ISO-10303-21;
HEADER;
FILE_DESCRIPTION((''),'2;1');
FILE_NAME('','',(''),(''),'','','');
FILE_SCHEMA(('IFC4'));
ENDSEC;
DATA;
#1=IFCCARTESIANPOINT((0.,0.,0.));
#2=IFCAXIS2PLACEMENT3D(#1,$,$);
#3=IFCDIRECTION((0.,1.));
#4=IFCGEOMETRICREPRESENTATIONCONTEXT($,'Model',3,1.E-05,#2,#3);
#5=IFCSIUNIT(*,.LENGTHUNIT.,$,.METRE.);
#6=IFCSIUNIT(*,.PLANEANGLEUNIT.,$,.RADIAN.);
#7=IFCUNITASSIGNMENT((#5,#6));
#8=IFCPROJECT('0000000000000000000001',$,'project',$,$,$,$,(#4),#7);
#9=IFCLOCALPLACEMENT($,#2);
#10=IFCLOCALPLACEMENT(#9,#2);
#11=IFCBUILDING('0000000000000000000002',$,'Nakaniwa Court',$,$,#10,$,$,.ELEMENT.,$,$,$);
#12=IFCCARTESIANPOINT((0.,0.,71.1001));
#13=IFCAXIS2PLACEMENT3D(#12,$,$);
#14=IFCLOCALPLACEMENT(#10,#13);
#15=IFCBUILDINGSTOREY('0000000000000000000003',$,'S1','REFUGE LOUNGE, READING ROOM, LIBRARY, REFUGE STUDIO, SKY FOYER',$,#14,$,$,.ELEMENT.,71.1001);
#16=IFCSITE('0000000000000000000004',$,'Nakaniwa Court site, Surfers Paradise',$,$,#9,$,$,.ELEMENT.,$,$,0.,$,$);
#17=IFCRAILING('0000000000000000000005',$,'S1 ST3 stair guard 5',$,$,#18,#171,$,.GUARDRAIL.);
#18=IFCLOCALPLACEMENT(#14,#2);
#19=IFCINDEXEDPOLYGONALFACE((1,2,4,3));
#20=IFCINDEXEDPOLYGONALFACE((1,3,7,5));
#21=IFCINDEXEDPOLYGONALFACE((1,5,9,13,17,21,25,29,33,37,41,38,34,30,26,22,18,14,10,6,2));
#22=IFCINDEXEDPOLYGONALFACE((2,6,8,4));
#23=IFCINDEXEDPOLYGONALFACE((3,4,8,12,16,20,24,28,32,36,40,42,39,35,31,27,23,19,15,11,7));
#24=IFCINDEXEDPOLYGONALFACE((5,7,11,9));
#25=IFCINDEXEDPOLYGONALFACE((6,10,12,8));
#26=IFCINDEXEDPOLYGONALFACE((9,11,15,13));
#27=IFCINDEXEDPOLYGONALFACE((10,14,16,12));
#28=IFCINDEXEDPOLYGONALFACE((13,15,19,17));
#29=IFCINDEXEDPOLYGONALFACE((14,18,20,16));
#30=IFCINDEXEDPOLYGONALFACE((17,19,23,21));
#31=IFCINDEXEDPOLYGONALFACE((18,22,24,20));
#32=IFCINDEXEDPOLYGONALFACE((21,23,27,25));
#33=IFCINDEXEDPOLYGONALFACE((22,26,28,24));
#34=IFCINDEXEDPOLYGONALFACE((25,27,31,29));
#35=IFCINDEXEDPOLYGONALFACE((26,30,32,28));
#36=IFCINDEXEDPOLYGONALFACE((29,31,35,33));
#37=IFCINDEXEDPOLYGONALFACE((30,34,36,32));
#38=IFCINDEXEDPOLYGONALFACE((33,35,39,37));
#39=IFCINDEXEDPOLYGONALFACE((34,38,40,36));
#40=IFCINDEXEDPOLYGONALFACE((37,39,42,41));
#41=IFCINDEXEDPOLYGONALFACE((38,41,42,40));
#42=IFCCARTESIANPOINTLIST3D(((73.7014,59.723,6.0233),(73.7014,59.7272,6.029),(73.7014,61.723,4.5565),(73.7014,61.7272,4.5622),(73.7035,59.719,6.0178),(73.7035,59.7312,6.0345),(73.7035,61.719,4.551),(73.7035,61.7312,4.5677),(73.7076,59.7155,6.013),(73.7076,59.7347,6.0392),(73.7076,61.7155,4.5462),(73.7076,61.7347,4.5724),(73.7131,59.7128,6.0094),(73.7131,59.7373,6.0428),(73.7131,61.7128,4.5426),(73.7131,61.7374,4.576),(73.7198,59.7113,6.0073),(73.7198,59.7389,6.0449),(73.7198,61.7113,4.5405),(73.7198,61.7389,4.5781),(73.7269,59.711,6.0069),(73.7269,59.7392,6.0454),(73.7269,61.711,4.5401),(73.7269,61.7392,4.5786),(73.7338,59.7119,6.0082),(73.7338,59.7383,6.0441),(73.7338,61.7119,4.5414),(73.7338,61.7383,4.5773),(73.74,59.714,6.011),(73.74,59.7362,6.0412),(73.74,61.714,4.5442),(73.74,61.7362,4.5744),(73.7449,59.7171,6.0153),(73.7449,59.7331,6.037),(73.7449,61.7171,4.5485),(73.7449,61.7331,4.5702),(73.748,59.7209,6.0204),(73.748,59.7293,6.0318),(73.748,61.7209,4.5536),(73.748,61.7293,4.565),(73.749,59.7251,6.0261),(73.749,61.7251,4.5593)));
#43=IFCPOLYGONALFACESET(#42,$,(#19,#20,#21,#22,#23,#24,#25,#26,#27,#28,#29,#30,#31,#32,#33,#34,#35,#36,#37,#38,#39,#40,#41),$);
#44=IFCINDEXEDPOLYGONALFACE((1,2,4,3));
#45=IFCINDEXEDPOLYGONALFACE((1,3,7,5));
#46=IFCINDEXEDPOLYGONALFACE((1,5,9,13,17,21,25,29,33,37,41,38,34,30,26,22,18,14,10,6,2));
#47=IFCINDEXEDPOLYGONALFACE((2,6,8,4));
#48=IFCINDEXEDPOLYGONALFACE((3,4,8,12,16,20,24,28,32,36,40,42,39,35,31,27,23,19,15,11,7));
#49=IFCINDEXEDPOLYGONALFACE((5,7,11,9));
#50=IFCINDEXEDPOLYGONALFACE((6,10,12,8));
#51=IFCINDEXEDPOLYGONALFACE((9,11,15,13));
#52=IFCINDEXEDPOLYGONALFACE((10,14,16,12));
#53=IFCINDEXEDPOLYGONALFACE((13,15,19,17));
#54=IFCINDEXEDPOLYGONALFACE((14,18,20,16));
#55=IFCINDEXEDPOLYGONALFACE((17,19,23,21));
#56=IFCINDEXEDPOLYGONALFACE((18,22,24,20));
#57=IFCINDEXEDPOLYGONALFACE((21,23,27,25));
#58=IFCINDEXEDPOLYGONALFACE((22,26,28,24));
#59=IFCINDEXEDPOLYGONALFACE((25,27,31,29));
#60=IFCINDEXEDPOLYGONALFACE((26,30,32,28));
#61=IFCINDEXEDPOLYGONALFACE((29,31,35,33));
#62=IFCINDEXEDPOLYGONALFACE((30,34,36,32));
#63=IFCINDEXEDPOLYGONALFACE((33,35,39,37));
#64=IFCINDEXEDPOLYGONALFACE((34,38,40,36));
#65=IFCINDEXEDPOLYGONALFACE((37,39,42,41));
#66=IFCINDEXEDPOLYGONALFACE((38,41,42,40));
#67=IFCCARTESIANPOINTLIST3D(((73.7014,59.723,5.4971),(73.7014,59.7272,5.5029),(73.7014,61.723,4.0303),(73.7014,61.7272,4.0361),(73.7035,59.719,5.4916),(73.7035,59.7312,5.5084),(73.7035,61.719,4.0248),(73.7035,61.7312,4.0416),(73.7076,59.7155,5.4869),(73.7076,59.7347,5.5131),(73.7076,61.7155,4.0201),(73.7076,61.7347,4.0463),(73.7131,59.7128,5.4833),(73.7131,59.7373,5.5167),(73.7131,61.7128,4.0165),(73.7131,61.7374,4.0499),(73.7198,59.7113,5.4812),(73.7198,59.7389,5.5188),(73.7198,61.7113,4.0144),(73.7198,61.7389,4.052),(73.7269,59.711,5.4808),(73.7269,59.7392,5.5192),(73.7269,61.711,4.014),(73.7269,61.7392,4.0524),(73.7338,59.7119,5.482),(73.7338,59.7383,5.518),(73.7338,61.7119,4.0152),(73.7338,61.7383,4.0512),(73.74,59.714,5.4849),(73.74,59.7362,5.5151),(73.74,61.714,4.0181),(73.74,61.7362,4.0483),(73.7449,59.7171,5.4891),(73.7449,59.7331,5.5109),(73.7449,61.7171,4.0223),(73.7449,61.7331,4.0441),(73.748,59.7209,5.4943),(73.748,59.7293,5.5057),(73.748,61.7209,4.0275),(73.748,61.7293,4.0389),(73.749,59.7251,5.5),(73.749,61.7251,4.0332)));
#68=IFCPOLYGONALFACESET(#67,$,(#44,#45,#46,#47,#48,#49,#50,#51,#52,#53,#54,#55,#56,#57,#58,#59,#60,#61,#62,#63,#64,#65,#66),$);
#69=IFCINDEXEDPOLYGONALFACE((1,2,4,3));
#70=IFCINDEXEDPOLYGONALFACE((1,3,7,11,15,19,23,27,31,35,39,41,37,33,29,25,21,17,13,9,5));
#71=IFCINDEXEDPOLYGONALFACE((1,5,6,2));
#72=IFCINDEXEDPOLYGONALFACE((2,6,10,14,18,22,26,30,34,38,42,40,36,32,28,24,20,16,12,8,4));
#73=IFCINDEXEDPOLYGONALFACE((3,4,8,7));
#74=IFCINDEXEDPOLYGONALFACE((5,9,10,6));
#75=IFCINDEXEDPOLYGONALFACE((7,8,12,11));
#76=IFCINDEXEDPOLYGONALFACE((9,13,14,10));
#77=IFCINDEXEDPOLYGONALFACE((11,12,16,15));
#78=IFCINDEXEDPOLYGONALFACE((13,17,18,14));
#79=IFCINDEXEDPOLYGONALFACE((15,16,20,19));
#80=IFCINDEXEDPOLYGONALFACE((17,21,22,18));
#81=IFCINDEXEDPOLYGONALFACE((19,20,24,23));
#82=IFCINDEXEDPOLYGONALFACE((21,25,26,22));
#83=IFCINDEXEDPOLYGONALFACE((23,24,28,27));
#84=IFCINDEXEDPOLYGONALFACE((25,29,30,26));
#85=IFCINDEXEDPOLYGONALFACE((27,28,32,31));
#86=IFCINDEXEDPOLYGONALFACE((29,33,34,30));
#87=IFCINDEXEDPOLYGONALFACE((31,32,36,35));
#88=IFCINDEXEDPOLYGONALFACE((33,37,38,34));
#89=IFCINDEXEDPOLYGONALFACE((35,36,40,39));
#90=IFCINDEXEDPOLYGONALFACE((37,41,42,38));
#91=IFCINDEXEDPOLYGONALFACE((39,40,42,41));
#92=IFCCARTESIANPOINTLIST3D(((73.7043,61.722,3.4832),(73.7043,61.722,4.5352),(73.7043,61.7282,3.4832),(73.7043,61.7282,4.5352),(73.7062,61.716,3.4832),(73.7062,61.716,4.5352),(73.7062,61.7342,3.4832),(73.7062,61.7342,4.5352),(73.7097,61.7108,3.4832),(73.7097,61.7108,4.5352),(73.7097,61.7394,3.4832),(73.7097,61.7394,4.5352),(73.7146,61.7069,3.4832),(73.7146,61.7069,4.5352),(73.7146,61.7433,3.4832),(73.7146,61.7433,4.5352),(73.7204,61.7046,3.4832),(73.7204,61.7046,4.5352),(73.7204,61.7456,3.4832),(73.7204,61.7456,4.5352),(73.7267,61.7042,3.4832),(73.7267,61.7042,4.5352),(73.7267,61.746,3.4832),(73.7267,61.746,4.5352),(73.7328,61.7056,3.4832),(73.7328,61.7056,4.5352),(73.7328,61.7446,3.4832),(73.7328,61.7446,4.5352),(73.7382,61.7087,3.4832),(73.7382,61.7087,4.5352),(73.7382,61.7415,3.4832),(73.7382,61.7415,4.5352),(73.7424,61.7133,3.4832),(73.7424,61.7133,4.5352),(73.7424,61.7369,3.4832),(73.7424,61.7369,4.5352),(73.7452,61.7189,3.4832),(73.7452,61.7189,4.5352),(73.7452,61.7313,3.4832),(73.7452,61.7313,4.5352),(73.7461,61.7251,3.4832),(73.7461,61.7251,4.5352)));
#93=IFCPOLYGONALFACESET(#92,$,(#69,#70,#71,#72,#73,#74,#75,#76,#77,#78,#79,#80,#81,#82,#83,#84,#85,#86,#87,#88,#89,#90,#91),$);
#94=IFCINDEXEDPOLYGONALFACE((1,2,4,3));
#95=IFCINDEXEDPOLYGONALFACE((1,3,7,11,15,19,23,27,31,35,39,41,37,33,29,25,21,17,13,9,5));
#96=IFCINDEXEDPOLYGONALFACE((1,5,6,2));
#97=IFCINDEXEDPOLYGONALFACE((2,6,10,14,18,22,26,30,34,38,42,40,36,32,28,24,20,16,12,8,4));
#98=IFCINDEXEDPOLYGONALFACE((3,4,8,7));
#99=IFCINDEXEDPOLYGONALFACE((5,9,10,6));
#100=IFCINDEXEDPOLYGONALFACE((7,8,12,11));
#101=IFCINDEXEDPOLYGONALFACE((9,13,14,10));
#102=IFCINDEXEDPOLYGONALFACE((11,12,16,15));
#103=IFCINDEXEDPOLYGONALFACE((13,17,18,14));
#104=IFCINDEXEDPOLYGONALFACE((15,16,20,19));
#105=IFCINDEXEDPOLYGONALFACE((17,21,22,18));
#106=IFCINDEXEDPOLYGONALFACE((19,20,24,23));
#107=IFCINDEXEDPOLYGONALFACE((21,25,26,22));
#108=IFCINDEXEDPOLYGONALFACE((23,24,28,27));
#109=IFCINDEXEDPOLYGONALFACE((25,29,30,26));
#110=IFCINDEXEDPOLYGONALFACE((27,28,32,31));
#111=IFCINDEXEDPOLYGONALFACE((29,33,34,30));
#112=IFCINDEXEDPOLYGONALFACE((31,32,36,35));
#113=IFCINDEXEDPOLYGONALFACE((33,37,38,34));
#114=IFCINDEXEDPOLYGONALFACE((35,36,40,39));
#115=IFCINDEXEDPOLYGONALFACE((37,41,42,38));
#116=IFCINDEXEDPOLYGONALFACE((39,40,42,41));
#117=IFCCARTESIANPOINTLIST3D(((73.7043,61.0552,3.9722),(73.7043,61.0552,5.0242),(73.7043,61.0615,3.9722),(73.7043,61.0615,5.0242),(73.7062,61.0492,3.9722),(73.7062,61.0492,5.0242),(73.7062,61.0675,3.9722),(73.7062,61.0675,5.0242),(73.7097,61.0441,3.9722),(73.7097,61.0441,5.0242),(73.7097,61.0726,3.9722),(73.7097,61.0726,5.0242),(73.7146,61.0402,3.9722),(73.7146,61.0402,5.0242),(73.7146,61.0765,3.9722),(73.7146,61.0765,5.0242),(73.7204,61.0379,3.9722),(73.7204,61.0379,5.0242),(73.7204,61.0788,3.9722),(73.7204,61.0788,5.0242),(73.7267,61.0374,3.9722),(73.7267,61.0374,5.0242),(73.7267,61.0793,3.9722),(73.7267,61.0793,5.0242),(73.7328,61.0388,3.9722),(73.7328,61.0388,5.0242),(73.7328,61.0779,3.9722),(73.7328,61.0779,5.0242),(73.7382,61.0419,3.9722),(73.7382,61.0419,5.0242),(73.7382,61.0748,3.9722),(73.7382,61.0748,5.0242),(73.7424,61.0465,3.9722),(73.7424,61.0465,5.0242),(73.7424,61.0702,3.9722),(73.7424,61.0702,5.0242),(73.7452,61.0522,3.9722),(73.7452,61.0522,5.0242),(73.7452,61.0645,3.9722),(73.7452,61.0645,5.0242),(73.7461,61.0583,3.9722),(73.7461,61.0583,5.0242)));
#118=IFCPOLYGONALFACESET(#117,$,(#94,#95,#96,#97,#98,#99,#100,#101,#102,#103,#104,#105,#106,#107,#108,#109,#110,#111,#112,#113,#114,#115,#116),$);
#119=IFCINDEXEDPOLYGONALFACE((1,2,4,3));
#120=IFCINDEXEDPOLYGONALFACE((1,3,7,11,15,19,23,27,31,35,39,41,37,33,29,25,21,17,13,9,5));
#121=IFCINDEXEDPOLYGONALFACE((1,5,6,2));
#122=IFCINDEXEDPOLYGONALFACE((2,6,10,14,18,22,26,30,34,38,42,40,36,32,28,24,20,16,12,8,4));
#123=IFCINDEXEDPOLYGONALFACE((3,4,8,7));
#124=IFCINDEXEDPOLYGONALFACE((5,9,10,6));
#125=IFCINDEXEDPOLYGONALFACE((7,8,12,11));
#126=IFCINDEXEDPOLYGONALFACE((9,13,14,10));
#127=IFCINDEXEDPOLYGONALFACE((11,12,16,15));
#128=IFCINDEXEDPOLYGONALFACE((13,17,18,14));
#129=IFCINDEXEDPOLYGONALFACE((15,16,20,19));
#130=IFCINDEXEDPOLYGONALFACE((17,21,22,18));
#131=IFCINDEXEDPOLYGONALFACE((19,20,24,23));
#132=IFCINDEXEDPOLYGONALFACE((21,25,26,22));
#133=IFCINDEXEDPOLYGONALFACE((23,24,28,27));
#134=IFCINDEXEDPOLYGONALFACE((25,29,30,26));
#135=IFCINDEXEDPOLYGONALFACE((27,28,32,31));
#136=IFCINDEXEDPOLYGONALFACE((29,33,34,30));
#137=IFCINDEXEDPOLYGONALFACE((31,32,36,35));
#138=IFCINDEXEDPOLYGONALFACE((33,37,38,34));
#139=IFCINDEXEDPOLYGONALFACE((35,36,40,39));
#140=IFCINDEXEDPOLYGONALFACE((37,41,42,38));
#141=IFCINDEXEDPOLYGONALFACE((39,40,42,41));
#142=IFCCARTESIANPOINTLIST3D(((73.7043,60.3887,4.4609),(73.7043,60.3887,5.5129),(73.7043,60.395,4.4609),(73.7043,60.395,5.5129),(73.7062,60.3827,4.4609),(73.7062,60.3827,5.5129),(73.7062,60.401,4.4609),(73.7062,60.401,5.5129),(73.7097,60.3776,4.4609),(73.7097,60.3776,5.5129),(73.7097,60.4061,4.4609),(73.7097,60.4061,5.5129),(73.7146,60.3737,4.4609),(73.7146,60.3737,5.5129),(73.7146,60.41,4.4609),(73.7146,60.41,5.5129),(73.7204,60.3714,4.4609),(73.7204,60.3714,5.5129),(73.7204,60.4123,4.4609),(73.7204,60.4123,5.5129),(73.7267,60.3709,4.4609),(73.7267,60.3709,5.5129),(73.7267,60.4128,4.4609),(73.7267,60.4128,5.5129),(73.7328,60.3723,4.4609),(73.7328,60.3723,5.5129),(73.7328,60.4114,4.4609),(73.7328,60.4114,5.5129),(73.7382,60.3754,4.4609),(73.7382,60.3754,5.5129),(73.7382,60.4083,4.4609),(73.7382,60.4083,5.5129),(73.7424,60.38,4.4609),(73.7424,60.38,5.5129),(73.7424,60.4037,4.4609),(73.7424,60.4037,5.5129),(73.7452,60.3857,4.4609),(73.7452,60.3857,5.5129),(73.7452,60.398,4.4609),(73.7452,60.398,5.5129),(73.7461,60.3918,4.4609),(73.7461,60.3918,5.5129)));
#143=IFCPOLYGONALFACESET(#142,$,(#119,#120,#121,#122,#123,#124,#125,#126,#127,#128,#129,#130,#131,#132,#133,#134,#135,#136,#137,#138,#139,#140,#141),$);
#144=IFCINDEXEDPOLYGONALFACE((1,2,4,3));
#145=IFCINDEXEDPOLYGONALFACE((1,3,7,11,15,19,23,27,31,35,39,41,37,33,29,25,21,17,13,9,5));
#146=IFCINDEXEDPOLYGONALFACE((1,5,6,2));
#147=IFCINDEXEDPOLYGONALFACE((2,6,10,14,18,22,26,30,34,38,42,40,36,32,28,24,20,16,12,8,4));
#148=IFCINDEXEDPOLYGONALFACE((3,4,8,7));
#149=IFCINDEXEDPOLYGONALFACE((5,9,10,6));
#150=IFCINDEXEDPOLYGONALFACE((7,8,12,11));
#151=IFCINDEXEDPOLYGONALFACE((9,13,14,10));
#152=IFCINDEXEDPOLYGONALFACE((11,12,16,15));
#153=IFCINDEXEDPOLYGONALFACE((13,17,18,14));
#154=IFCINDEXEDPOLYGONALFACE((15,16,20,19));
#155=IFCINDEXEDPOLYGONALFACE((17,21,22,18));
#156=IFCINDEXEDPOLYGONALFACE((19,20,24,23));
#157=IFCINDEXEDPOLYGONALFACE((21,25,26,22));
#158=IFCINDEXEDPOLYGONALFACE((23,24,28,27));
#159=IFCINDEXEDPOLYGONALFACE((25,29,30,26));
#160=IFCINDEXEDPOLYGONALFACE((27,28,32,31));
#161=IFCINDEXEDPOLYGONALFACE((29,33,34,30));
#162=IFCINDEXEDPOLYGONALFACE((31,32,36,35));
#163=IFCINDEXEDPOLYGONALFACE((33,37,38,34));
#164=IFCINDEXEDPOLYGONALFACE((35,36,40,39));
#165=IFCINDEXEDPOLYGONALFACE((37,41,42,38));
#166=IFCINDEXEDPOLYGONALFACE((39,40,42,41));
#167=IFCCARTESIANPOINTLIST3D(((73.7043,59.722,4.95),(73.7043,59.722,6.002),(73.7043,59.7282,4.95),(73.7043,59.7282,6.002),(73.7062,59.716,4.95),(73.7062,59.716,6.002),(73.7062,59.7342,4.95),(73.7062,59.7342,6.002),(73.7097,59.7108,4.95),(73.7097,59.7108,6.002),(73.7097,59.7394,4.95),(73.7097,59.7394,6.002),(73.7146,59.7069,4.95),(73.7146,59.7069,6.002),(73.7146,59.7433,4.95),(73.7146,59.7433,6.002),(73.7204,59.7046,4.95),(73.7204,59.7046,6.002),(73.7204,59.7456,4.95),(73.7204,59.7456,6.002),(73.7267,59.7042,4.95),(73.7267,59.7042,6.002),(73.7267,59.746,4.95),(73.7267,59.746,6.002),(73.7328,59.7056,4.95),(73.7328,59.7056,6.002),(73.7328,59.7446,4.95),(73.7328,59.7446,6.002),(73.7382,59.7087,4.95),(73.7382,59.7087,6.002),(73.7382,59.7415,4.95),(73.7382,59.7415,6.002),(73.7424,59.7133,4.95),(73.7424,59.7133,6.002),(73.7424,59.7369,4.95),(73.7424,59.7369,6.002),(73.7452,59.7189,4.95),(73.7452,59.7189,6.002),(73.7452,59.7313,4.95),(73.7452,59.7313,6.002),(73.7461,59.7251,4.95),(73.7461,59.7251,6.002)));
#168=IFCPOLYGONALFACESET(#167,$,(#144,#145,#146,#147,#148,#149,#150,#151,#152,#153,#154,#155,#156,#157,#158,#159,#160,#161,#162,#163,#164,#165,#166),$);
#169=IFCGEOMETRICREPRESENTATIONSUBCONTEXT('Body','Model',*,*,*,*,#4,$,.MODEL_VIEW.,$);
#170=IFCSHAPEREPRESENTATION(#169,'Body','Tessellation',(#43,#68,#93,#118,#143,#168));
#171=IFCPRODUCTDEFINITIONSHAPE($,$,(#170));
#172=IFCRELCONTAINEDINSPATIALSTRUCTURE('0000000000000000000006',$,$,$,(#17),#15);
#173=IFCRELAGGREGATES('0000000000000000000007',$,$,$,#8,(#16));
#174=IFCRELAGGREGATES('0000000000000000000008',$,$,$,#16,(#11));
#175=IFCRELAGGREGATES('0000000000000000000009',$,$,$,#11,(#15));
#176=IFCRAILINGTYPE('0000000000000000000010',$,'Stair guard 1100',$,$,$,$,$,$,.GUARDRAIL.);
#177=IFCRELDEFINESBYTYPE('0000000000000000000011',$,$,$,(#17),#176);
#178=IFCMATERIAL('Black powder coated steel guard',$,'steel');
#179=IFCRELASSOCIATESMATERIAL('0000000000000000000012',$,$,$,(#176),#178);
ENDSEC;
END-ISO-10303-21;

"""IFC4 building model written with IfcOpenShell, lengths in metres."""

from ifc_helpers import new_model, si_unit, direction, frame, origin, origin_2d, place, context, subcontext, project, spatial, circle, extrude, material, type_object, element, save


model = new_model("IFC4")

# Units and contexts
model_context = context("Model", 3, precision=1e-05, world=origin(), true_north=direction((0.0, 1.0)))
body_context = subcontext(model_context, "Body", "Model", "MODEL_VIEW")
ifc_project = project(units=[si_unit("LENGTHUNIT", "METRE"), si_unit("PLANEANGLEUNIT", "RADIAN")], contexts=[model_context])

# Site, building, storey
site_placement = place(None, origin())
site = spatial("IfcSite", under=ifc_project, at=site_placement, Name="Nakaniwa Court site, Surfers Paradise", CompositionType="ELEMENT", RefElevation=0.0)
building_placement = place(site_placement, origin())
building = spatial("IfcBuilding", under=site, at=building_placement, Name="Nakaniwa Court", CompositionType="ELEMENT")
storey_placement = place(building_placement, frame((0.0, 0.0, 71.1001)))
storey = spatial("IfcBuildingStorey", under=building, at=storey_placement, Name="S1", Description="REFUGE LOUNGE, READING ROOM, LIBRARY, REFUGE STUDIO, SKY FOYER", CompositionType="ELEMENT", Elevation=71.1001)

# Railing
ifc_material_1 = material(Name="Black powder coated steel guard", Category="steel")
railing_type_1 = type_object("IfcRailingType", Name="Stair guard 1100", PredefinedType="GUARDRAIL", material=ifc_material_1)
railing_1_placement = place(storey_placement, frame((73.7251, 61.7251, 3.4832)))
element("IfcRailing", 1, at=railing_1_placement, inside=storey, type_object=railing_type_1, Name="S1 ST3 stair guard 5", PredefinedType="GUARDRAIL", context=body_context, shape_type="SweptSolid", body=[
    extrude(circle(Radius=0.0239, at=origin_2d()), frame((0.0, 0.0, 1.0762), z_axis=(0.0, -0.80638, 0.591398), x_axis=(1.0, 0.0, 0.0)), (0.0, 0.0, 1.0), 2.4802),
    extrude(circle(Radius=0.0239, at=origin_2d()), frame((0.0, 0.0, 0.55), z_axis=(0.0, -0.80638, 0.591398), x_axis=(1.0, 0.0, 0.0)), (0.0, 0.0, 1.0), 2.4802),
    extrude(circle(Radius=0.021, at=origin_2d()), origin(), (0.0, 0.0, 1.0), 1.052),
    extrude(circle(Radius=0.021, at=origin_2d()), frame((0.0, -0.6667, 0.489)), (0.0, 0.0, 1.0), 1.052),
    extrude(circle(Radius=0.021, at=origin_2d()), frame((0.0, -1.3333, 0.9778)), (0.0, 0.0, 1.0), 1.052),
    extrude(circle(Radius=0.021, at=origin_2d()), frame((0.0, -2.0, 1.4668)), (0.0, 0.0, 1.0), 1.052),
])

save(model, "model.ifc")
